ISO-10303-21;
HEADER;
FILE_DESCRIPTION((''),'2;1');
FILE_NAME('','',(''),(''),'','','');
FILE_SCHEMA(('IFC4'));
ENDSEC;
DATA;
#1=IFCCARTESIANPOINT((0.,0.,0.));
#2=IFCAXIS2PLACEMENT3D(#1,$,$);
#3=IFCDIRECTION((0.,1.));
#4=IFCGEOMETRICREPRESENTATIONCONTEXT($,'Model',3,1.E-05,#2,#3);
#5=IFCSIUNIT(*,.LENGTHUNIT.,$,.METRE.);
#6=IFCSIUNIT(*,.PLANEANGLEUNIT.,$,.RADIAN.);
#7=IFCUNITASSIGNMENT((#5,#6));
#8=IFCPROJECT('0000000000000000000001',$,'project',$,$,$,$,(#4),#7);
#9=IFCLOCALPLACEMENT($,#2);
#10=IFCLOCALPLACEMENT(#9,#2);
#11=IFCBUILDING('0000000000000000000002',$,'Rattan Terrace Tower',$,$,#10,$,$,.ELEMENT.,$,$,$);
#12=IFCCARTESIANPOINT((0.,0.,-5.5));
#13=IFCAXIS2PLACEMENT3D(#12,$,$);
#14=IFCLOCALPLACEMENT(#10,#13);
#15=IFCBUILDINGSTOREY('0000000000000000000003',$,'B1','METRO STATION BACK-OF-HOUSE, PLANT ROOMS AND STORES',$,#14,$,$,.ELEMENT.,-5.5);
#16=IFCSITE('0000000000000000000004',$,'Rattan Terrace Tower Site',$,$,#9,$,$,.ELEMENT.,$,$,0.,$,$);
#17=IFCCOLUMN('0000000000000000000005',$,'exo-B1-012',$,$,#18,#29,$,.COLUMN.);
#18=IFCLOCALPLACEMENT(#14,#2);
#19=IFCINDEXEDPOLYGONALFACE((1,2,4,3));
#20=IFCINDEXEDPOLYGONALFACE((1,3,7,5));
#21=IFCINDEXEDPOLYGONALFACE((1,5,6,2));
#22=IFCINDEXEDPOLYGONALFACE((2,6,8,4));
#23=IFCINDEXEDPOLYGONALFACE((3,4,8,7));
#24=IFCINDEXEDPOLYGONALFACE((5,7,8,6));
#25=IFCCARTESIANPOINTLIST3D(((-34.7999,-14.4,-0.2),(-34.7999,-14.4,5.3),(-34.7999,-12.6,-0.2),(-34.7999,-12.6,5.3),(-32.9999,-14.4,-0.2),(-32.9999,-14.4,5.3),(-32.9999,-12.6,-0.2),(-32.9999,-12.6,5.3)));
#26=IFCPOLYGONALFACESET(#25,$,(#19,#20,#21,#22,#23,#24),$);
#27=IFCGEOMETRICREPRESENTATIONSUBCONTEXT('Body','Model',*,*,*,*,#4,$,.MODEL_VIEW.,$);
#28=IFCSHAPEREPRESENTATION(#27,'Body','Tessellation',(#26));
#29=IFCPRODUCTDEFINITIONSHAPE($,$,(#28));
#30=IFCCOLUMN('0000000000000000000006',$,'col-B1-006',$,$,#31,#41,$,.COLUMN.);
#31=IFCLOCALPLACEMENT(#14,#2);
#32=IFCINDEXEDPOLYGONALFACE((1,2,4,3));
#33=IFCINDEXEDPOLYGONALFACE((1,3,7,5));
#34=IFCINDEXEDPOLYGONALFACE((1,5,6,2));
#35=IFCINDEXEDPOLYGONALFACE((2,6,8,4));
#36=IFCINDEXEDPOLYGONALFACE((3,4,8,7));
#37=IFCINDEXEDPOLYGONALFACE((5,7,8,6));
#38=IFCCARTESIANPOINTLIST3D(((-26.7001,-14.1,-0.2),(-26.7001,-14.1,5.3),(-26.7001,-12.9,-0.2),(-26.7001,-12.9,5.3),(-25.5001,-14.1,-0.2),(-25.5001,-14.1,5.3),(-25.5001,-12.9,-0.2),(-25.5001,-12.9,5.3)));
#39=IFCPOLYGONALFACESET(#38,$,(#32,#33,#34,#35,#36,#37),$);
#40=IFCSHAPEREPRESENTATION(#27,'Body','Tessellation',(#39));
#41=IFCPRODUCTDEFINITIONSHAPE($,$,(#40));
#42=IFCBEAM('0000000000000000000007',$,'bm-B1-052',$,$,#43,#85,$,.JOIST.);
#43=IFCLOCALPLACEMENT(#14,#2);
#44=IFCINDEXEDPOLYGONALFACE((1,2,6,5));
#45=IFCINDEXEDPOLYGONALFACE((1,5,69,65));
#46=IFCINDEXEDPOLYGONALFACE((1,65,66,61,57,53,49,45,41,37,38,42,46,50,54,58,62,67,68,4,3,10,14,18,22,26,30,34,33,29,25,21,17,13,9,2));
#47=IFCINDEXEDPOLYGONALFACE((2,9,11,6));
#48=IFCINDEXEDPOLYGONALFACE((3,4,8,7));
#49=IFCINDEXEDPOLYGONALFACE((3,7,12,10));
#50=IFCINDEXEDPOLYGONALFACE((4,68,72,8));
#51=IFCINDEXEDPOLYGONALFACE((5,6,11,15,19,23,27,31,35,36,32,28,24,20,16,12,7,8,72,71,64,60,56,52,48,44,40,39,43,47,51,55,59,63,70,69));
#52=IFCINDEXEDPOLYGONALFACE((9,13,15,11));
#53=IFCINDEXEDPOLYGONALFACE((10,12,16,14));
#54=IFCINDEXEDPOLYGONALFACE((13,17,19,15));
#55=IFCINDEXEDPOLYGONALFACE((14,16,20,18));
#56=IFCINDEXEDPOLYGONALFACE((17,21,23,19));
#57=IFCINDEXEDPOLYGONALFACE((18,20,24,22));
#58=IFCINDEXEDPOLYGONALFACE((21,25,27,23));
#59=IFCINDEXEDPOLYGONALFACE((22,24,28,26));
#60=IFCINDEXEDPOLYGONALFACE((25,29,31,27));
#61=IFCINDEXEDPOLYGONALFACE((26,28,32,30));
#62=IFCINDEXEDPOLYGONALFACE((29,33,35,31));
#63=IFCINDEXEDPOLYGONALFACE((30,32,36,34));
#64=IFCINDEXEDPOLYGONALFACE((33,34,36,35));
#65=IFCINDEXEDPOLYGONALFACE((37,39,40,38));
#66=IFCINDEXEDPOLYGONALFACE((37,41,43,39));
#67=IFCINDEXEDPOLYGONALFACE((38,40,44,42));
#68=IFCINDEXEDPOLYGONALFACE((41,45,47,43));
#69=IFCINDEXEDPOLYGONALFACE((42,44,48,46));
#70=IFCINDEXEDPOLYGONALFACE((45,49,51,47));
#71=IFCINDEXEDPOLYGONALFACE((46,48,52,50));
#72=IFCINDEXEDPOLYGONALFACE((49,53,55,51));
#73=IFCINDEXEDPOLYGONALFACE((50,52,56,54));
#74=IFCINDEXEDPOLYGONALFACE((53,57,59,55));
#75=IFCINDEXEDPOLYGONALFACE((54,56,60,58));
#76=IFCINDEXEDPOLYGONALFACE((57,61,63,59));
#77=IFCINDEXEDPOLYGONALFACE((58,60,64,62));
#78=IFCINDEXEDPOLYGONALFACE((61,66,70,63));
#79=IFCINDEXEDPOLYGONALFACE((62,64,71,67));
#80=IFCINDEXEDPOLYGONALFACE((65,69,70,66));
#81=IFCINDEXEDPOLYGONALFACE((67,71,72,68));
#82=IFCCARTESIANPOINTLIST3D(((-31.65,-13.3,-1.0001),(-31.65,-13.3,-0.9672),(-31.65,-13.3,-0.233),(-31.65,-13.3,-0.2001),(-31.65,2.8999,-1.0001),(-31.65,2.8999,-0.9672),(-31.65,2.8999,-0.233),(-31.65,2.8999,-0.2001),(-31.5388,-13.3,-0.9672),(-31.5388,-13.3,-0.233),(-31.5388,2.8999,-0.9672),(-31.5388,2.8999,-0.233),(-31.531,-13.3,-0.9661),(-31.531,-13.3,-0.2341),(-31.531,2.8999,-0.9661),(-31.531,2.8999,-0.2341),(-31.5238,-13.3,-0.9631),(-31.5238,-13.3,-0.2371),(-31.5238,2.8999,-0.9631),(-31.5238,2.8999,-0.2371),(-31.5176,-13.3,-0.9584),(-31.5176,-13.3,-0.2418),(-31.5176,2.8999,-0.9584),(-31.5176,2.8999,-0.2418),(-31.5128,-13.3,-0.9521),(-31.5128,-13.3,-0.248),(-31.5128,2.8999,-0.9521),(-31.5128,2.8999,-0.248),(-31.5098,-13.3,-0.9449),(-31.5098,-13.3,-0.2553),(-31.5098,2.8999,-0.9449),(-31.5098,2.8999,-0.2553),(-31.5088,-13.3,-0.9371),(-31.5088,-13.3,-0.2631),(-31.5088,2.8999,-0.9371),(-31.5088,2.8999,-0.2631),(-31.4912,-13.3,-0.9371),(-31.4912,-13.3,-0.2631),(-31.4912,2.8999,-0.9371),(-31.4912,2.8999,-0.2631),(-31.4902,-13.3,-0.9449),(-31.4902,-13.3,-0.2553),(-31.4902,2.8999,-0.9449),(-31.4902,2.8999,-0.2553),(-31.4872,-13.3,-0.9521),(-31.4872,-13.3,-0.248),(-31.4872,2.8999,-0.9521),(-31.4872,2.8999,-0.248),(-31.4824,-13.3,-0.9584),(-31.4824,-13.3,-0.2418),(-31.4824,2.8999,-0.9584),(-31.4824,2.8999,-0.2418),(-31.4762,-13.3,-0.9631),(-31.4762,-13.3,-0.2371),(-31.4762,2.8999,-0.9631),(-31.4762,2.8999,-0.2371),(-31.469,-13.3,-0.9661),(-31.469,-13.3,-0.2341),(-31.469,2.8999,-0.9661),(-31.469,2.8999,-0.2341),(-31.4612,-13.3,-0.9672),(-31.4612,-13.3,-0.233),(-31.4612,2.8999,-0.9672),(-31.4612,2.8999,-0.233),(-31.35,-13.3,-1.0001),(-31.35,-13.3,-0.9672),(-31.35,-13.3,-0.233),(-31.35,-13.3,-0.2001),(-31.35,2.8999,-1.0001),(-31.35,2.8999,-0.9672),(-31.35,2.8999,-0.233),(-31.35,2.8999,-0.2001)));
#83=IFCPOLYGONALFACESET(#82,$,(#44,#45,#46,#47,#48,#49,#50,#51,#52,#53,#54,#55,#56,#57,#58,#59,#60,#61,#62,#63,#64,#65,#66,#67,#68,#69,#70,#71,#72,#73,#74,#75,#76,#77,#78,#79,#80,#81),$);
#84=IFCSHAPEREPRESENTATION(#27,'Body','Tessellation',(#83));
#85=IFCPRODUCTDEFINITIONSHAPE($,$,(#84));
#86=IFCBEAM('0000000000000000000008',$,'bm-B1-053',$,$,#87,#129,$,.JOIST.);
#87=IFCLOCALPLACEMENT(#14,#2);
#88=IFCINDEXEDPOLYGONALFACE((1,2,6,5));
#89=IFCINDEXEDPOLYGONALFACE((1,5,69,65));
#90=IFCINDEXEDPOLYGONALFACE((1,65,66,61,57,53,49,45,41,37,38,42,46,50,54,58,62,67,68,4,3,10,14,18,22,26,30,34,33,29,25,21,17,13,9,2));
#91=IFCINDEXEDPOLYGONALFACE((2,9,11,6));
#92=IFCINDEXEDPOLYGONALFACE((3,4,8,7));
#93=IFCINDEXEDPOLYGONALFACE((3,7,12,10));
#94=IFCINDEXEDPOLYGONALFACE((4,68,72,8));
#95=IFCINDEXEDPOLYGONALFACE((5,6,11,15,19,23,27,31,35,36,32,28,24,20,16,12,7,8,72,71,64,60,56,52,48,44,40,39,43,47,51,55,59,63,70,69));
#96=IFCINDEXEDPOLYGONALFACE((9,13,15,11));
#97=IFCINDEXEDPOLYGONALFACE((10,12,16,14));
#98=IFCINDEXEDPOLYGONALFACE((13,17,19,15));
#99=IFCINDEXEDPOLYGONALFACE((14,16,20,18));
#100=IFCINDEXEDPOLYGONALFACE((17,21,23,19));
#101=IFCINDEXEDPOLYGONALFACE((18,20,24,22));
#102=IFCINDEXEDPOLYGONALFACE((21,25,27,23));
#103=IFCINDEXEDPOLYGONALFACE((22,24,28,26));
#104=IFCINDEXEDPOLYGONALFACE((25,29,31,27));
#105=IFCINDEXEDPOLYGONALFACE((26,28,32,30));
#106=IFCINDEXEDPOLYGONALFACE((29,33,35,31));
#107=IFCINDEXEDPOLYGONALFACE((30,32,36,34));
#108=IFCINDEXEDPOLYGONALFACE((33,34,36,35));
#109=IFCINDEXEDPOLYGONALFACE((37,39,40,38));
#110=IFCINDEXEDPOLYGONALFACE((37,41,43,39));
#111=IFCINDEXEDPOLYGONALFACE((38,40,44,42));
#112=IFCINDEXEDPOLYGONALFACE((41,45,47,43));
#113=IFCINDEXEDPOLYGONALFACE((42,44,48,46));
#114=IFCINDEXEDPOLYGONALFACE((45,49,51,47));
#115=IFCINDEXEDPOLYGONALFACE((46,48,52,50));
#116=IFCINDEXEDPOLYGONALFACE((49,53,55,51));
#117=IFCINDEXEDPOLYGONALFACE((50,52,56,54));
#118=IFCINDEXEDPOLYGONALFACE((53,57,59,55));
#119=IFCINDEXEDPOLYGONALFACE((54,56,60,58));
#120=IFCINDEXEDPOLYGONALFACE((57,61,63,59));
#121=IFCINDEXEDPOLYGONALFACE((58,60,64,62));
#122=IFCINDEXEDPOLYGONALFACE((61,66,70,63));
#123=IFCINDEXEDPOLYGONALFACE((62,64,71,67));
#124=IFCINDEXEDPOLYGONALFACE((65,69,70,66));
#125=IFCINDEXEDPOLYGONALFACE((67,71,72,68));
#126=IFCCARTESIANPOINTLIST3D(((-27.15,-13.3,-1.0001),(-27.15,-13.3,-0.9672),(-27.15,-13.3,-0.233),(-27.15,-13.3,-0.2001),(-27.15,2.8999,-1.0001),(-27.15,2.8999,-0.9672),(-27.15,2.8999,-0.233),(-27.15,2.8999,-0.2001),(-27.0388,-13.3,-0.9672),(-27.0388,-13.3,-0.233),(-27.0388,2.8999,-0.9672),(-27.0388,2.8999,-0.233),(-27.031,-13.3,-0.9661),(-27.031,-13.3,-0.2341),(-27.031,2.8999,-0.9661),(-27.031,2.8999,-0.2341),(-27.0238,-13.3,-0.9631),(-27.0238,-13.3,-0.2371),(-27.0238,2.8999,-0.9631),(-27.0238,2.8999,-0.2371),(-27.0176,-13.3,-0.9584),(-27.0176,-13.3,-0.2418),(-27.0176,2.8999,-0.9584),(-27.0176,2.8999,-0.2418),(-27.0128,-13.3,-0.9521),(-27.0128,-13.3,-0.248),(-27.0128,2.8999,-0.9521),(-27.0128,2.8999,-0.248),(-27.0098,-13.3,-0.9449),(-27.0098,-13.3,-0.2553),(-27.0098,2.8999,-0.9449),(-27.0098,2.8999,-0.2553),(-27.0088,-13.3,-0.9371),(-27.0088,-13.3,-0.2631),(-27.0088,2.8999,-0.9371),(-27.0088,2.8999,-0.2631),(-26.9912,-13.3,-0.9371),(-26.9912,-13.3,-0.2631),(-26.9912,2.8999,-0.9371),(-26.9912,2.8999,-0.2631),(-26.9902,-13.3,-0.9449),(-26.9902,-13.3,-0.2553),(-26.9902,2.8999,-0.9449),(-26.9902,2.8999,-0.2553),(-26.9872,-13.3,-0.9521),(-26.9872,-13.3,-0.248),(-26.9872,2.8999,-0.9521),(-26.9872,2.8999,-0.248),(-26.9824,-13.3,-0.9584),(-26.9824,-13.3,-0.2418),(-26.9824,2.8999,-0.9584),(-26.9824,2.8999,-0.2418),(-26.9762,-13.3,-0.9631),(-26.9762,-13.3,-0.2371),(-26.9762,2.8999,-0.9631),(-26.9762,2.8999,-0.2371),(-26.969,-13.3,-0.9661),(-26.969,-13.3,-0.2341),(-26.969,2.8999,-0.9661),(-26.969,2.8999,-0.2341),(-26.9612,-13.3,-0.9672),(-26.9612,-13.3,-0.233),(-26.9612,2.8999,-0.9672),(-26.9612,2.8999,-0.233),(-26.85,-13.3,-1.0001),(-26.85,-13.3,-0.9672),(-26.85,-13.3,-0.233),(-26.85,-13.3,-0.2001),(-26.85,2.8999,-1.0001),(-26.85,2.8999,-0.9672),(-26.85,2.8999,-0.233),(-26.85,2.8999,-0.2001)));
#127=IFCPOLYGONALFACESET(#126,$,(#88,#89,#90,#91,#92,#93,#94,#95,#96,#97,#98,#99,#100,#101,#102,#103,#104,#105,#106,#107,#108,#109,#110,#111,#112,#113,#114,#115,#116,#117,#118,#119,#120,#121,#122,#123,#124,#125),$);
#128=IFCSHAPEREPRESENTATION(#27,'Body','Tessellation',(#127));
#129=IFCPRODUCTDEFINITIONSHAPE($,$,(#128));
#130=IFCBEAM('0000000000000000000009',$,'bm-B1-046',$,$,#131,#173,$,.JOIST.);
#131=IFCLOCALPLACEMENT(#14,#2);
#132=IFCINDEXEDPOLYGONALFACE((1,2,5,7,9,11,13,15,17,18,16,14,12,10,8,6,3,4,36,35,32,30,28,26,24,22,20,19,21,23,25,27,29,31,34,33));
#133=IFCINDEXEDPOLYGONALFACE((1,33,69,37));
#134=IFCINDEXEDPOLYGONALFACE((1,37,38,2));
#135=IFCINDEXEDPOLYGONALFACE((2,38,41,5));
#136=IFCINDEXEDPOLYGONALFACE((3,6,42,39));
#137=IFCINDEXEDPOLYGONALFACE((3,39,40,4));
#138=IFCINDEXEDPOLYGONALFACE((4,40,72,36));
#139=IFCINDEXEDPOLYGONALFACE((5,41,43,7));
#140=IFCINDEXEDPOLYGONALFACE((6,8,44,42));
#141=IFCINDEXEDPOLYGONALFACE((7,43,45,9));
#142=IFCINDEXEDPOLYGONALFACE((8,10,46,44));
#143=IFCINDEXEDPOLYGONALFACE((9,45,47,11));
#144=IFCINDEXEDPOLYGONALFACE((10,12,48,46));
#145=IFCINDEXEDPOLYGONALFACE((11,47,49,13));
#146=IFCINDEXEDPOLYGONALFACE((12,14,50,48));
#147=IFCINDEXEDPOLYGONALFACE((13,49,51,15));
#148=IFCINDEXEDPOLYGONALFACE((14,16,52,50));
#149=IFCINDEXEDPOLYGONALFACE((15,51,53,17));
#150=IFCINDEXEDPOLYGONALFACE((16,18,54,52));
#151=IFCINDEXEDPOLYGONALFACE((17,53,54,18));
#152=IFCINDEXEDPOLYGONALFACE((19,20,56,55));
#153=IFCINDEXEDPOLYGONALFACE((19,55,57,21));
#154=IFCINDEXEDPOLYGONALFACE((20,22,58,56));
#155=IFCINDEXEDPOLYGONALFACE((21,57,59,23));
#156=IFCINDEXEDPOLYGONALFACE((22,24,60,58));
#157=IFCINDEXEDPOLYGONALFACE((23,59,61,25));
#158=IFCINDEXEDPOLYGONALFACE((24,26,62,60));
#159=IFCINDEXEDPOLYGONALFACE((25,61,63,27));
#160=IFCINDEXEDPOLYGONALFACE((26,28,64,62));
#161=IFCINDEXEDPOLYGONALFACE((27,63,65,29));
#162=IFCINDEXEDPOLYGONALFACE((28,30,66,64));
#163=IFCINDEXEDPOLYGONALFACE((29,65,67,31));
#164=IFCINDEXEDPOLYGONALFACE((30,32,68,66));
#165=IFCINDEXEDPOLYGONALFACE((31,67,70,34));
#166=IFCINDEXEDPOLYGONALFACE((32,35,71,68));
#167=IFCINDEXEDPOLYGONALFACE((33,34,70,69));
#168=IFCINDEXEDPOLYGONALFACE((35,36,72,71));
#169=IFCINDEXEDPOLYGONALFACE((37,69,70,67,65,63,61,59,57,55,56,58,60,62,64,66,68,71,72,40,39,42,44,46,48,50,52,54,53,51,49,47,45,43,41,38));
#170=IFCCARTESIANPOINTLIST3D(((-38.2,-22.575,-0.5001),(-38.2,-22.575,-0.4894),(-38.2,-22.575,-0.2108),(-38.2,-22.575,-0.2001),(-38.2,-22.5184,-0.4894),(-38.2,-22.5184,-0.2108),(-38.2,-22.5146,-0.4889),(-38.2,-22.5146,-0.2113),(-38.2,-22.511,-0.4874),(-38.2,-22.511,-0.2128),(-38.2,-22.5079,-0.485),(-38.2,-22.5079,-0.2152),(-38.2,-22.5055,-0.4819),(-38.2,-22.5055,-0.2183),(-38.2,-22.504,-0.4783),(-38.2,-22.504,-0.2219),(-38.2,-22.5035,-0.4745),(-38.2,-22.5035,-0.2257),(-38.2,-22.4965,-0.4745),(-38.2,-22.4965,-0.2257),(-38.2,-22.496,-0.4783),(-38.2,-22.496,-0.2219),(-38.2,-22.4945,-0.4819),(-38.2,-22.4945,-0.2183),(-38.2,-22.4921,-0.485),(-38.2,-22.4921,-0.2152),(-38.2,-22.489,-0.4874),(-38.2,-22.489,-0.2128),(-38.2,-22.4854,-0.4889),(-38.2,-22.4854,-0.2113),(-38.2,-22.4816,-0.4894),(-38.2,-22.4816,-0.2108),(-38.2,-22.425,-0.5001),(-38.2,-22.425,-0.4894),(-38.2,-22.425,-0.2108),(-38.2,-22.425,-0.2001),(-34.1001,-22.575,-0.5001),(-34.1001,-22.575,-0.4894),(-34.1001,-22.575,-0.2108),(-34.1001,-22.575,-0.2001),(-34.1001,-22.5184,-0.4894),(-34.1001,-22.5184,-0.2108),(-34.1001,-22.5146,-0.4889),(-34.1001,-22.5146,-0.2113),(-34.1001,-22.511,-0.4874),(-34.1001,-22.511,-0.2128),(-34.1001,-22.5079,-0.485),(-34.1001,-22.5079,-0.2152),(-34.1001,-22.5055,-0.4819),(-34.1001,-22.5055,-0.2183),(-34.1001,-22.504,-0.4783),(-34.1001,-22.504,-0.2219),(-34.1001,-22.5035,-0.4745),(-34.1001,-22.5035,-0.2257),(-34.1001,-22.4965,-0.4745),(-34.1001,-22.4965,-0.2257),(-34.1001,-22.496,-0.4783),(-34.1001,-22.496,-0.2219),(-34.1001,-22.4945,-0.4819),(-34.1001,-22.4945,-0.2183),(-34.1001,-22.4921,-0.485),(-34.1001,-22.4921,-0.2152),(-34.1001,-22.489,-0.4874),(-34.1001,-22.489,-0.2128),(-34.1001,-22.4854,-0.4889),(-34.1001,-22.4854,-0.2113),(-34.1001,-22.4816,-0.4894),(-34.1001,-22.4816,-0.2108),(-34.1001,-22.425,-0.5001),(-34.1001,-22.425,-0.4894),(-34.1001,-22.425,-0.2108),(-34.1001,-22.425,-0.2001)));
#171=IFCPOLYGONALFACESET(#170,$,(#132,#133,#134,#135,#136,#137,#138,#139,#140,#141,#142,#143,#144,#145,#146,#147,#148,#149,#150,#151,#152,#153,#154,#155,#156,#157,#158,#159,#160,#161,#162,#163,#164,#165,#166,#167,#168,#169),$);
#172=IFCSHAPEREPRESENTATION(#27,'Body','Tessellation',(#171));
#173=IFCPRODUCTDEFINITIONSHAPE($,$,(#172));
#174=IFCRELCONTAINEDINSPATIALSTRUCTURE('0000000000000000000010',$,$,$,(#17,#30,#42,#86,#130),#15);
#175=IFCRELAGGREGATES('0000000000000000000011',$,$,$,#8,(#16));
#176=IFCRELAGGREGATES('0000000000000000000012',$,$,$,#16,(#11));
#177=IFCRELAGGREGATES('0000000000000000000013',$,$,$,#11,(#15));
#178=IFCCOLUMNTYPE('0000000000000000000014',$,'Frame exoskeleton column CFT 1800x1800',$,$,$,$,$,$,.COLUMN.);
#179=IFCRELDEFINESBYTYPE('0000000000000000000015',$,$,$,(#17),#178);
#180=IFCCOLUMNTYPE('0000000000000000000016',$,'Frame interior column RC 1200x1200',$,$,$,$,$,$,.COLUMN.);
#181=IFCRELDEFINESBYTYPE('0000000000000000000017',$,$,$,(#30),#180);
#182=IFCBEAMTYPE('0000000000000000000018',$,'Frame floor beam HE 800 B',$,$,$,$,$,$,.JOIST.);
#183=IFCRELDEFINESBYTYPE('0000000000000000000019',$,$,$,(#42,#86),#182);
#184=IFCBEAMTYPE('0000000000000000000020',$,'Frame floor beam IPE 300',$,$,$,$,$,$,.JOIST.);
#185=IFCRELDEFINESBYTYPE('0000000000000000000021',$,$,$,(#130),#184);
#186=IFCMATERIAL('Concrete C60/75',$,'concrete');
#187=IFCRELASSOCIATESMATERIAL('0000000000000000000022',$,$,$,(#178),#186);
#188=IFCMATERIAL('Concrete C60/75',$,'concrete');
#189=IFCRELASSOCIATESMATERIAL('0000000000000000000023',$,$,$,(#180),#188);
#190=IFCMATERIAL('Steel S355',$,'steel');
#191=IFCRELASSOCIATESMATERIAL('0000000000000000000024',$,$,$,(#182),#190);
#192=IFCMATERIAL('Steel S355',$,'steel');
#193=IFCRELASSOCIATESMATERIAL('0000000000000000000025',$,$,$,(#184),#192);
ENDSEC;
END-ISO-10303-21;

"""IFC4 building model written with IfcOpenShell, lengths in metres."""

from ifc_helpers import new_model, si_unit, direction, frame, origin, origin_2d, place, context, subcontext, project, spatial, rectangle, i_section, extrude, material, material_profile, profile_set, type_object, element, save


model = new_model("IFC4")

# Units and contexts
model_context = context("Model", 3, precision=1e-05, world=origin(), true_north=direction((0.0, 1.0)))
body_context = subcontext(model_context, "Body", "Model", "MODEL_VIEW")
ifc_project = project(units=[si_unit("LENGTHUNIT", "METRE"), si_unit("PLANEANGLEUNIT", "RADIAN")], contexts=[model_context])

# Site, building, storey
site_placement = place(None, origin())
site = spatial("IfcSite", under=ifc_project, at=site_placement, Name="Rattan Terrace Tower Site", CompositionType="ELEMENT", RefElevation=0.0)
building_placement = place(site_placement, origin())
building = spatial("IfcBuilding", under=site, at=building_placement, Name="Rattan Terrace Tower", CompositionType="ELEMENT")
storey_placement = place(building_placement, frame((0.0, 0.0, -5.5)))
storey = spatial("IfcBuildingStorey", under=building, at=storey_placement, Name="B1", Description="METRO STATION BACK-OF-HOUSE, PLANT ROOMS AND STORES", CompositionType="ELEMENT", Elevation=-5.5)

# Columns
ifc_material_1 = material(Name="Concrete C60/75", Category="concrete")
ifc_material_profile_1 = material_profile(ifc_material_1, rectangle(XDim=1.8, YDim=1.8, at=origin_2d()), Name="CFT 1800x1800")
ifc_profile_set_1 = profile_set([ifc_material_profile_1], Name="Concrete C60/75")
column_type_1 = type_object("IfcColumnType", Name="Frame exoskeleton column CFT 1800x1800", PredefinedType="COLUMN", material=ifc_profile_set_1)
column_1_placement = place(storey_placement, frame((-33.8999, -13.5, -0.2), z_axis=(0.0, 0.0, 1.0), x_axis=(0.0, 1.0, 0.0)))
element("IfcColumn", 1, at=column_1_placement, inside=storey, type_object=column_type_1, Name="exo-B1-012", PredefinedType="COLUMN", context=body_context, shape_type="SweptSolid", body=[
    extrude(rectangle(XDim=1.8, YDim=1.8, at=origin_2d()), origin(), (0.0, 0.0, 1.0), 5.5),
])
ifc_material_2 = material(Name="Concrete C60/75", Category="concrete")
ifc_material_profile_2 = material_profile(ifc_material_2, rectangle(XDim=1.2, YDim=1.2, at=origin_2d()), Name="RC 1200x1200")
ifc_profile_set_2 = profile_set([ifc_material_profile_2], Name="Concrete C60/75")
column_type_2 = type_object("IfcColumnType", Name="Frame interior column RC 1200x1200", PredefinedType="COLUMN", material=ifc_profile_set_2)
column_2_placement = place(storey_placement, frame((-26.1001, -13.5, -0.2), z_axis=(0.0, 0.0, 1.0), x_axis=(1.0, 0.0, 0.0)))
element("IfcColumn", 2, at=column_2_placement, inside=storey, type_object=column_type_2, Name="col-B1-006", PredefinedType="COLUMN", context=body_context, shape_type="SweptSolid", body=[
    extrude(rectangle(XDim=1.2, YDim=1.2, at=origin_2d()), origin(), (0.0, 0.0, 1.0), 5.5),
])

# Beams
ifc_material_3 = material(Name="Steel S355", Category="steel")
ifc_material_profile_3 = material_profile(ifc_material_3, i_section(OverallWidth=0.3, OverallDepth=0.8, WebThickness=0.0176, FlangeThickness=0.033, FilletRadius=0.03, at=origin_2d()), Name="HE 800 B")
ifc_profile_set_3 = profile_set([ifc_material_profile_3], Name="Steel S355")
beam_type_1 = type_object("IfcBeamType", Name="Frame floor beam HE 800 B", PredefinedType="JOIST", material=ifc_profile_set_3)
for number, where, z_axis, x_axis, name in (
    (3, (-31.5, -13.3, -0.6001), (0.0, 1.0, 0.0), (-1.0, 0.0, 0.0), "bm-B1-052"),
    (4, (-27.0, -13.3, -0.6001), (0.0, 1.0, 0.0), (-1.0, 0.0, 0.0), "bm-B1-053"),
):
    element("IfcBeam", number, at=place(storey_placement, frame(where, z_axis=z_axis, x_axis=x_axis)), inside=storey, type_object=beam_type_1, Name=name, PredefinedType="JOIST", context=body_context, shape_type="SweptSolid", body=[
        extrude(i_section(OverallWidth=0.3, OverallDepth=0.8, WebThickness=0.0176, FlangeThickness=0.033, FilletRadius=0.03, at=origin_2d()), origin(), (0.0, 0.0, 1.0), 16.2),
    ])
ifc_material_4 = material(Name="Steel S355", Category="steel")
ifc_material_profile_4 = material_profile(ifc_material_4, i_section(OverallWidth=0.1499, OverallDepth=0.3, WebThickness=0.0071, FlangeThickness=0.0107, FilletRadius=0.0149, at=origin_2d()), Name="IPE 300")
ifc_profile_set_4 = profile_set([ifc_material_profile_4], Name="Steel S355")
beam_type_2 = type_object("IfcBeamType", Name="Frame floor beam IPE 300", PredefinedType="JOIST", material=ifc_profile_set_4)
for number, where, z_axis, x_axis, name in (
    (5, (-38.2, -22.5, -0.3501), (1.0, 0.0, 0.0), (0.0, 1.0, 0.0), "bm-B1-046"),
):
    element("IfcBeam", number, at=place(storey_placement, frame(where, z_axis=z_axis, x_axis=x_axis)), inside=storey, type_object=beam_type_2, Name=name, PredefinedType="JOIST", context=body_context, shape_type="SweptSolid", body=[
        extrude(i_section(OverallWidth=0.1499, OverallDepth=0.3, WebThickness=0.0071, FlangeThickness=0.0107, FilletRadius=0.0149, at=origin_2d()), origin(), (0.0, 0.0, 1.0), 4.0999),
    ])

save(model, "model.ifc")
